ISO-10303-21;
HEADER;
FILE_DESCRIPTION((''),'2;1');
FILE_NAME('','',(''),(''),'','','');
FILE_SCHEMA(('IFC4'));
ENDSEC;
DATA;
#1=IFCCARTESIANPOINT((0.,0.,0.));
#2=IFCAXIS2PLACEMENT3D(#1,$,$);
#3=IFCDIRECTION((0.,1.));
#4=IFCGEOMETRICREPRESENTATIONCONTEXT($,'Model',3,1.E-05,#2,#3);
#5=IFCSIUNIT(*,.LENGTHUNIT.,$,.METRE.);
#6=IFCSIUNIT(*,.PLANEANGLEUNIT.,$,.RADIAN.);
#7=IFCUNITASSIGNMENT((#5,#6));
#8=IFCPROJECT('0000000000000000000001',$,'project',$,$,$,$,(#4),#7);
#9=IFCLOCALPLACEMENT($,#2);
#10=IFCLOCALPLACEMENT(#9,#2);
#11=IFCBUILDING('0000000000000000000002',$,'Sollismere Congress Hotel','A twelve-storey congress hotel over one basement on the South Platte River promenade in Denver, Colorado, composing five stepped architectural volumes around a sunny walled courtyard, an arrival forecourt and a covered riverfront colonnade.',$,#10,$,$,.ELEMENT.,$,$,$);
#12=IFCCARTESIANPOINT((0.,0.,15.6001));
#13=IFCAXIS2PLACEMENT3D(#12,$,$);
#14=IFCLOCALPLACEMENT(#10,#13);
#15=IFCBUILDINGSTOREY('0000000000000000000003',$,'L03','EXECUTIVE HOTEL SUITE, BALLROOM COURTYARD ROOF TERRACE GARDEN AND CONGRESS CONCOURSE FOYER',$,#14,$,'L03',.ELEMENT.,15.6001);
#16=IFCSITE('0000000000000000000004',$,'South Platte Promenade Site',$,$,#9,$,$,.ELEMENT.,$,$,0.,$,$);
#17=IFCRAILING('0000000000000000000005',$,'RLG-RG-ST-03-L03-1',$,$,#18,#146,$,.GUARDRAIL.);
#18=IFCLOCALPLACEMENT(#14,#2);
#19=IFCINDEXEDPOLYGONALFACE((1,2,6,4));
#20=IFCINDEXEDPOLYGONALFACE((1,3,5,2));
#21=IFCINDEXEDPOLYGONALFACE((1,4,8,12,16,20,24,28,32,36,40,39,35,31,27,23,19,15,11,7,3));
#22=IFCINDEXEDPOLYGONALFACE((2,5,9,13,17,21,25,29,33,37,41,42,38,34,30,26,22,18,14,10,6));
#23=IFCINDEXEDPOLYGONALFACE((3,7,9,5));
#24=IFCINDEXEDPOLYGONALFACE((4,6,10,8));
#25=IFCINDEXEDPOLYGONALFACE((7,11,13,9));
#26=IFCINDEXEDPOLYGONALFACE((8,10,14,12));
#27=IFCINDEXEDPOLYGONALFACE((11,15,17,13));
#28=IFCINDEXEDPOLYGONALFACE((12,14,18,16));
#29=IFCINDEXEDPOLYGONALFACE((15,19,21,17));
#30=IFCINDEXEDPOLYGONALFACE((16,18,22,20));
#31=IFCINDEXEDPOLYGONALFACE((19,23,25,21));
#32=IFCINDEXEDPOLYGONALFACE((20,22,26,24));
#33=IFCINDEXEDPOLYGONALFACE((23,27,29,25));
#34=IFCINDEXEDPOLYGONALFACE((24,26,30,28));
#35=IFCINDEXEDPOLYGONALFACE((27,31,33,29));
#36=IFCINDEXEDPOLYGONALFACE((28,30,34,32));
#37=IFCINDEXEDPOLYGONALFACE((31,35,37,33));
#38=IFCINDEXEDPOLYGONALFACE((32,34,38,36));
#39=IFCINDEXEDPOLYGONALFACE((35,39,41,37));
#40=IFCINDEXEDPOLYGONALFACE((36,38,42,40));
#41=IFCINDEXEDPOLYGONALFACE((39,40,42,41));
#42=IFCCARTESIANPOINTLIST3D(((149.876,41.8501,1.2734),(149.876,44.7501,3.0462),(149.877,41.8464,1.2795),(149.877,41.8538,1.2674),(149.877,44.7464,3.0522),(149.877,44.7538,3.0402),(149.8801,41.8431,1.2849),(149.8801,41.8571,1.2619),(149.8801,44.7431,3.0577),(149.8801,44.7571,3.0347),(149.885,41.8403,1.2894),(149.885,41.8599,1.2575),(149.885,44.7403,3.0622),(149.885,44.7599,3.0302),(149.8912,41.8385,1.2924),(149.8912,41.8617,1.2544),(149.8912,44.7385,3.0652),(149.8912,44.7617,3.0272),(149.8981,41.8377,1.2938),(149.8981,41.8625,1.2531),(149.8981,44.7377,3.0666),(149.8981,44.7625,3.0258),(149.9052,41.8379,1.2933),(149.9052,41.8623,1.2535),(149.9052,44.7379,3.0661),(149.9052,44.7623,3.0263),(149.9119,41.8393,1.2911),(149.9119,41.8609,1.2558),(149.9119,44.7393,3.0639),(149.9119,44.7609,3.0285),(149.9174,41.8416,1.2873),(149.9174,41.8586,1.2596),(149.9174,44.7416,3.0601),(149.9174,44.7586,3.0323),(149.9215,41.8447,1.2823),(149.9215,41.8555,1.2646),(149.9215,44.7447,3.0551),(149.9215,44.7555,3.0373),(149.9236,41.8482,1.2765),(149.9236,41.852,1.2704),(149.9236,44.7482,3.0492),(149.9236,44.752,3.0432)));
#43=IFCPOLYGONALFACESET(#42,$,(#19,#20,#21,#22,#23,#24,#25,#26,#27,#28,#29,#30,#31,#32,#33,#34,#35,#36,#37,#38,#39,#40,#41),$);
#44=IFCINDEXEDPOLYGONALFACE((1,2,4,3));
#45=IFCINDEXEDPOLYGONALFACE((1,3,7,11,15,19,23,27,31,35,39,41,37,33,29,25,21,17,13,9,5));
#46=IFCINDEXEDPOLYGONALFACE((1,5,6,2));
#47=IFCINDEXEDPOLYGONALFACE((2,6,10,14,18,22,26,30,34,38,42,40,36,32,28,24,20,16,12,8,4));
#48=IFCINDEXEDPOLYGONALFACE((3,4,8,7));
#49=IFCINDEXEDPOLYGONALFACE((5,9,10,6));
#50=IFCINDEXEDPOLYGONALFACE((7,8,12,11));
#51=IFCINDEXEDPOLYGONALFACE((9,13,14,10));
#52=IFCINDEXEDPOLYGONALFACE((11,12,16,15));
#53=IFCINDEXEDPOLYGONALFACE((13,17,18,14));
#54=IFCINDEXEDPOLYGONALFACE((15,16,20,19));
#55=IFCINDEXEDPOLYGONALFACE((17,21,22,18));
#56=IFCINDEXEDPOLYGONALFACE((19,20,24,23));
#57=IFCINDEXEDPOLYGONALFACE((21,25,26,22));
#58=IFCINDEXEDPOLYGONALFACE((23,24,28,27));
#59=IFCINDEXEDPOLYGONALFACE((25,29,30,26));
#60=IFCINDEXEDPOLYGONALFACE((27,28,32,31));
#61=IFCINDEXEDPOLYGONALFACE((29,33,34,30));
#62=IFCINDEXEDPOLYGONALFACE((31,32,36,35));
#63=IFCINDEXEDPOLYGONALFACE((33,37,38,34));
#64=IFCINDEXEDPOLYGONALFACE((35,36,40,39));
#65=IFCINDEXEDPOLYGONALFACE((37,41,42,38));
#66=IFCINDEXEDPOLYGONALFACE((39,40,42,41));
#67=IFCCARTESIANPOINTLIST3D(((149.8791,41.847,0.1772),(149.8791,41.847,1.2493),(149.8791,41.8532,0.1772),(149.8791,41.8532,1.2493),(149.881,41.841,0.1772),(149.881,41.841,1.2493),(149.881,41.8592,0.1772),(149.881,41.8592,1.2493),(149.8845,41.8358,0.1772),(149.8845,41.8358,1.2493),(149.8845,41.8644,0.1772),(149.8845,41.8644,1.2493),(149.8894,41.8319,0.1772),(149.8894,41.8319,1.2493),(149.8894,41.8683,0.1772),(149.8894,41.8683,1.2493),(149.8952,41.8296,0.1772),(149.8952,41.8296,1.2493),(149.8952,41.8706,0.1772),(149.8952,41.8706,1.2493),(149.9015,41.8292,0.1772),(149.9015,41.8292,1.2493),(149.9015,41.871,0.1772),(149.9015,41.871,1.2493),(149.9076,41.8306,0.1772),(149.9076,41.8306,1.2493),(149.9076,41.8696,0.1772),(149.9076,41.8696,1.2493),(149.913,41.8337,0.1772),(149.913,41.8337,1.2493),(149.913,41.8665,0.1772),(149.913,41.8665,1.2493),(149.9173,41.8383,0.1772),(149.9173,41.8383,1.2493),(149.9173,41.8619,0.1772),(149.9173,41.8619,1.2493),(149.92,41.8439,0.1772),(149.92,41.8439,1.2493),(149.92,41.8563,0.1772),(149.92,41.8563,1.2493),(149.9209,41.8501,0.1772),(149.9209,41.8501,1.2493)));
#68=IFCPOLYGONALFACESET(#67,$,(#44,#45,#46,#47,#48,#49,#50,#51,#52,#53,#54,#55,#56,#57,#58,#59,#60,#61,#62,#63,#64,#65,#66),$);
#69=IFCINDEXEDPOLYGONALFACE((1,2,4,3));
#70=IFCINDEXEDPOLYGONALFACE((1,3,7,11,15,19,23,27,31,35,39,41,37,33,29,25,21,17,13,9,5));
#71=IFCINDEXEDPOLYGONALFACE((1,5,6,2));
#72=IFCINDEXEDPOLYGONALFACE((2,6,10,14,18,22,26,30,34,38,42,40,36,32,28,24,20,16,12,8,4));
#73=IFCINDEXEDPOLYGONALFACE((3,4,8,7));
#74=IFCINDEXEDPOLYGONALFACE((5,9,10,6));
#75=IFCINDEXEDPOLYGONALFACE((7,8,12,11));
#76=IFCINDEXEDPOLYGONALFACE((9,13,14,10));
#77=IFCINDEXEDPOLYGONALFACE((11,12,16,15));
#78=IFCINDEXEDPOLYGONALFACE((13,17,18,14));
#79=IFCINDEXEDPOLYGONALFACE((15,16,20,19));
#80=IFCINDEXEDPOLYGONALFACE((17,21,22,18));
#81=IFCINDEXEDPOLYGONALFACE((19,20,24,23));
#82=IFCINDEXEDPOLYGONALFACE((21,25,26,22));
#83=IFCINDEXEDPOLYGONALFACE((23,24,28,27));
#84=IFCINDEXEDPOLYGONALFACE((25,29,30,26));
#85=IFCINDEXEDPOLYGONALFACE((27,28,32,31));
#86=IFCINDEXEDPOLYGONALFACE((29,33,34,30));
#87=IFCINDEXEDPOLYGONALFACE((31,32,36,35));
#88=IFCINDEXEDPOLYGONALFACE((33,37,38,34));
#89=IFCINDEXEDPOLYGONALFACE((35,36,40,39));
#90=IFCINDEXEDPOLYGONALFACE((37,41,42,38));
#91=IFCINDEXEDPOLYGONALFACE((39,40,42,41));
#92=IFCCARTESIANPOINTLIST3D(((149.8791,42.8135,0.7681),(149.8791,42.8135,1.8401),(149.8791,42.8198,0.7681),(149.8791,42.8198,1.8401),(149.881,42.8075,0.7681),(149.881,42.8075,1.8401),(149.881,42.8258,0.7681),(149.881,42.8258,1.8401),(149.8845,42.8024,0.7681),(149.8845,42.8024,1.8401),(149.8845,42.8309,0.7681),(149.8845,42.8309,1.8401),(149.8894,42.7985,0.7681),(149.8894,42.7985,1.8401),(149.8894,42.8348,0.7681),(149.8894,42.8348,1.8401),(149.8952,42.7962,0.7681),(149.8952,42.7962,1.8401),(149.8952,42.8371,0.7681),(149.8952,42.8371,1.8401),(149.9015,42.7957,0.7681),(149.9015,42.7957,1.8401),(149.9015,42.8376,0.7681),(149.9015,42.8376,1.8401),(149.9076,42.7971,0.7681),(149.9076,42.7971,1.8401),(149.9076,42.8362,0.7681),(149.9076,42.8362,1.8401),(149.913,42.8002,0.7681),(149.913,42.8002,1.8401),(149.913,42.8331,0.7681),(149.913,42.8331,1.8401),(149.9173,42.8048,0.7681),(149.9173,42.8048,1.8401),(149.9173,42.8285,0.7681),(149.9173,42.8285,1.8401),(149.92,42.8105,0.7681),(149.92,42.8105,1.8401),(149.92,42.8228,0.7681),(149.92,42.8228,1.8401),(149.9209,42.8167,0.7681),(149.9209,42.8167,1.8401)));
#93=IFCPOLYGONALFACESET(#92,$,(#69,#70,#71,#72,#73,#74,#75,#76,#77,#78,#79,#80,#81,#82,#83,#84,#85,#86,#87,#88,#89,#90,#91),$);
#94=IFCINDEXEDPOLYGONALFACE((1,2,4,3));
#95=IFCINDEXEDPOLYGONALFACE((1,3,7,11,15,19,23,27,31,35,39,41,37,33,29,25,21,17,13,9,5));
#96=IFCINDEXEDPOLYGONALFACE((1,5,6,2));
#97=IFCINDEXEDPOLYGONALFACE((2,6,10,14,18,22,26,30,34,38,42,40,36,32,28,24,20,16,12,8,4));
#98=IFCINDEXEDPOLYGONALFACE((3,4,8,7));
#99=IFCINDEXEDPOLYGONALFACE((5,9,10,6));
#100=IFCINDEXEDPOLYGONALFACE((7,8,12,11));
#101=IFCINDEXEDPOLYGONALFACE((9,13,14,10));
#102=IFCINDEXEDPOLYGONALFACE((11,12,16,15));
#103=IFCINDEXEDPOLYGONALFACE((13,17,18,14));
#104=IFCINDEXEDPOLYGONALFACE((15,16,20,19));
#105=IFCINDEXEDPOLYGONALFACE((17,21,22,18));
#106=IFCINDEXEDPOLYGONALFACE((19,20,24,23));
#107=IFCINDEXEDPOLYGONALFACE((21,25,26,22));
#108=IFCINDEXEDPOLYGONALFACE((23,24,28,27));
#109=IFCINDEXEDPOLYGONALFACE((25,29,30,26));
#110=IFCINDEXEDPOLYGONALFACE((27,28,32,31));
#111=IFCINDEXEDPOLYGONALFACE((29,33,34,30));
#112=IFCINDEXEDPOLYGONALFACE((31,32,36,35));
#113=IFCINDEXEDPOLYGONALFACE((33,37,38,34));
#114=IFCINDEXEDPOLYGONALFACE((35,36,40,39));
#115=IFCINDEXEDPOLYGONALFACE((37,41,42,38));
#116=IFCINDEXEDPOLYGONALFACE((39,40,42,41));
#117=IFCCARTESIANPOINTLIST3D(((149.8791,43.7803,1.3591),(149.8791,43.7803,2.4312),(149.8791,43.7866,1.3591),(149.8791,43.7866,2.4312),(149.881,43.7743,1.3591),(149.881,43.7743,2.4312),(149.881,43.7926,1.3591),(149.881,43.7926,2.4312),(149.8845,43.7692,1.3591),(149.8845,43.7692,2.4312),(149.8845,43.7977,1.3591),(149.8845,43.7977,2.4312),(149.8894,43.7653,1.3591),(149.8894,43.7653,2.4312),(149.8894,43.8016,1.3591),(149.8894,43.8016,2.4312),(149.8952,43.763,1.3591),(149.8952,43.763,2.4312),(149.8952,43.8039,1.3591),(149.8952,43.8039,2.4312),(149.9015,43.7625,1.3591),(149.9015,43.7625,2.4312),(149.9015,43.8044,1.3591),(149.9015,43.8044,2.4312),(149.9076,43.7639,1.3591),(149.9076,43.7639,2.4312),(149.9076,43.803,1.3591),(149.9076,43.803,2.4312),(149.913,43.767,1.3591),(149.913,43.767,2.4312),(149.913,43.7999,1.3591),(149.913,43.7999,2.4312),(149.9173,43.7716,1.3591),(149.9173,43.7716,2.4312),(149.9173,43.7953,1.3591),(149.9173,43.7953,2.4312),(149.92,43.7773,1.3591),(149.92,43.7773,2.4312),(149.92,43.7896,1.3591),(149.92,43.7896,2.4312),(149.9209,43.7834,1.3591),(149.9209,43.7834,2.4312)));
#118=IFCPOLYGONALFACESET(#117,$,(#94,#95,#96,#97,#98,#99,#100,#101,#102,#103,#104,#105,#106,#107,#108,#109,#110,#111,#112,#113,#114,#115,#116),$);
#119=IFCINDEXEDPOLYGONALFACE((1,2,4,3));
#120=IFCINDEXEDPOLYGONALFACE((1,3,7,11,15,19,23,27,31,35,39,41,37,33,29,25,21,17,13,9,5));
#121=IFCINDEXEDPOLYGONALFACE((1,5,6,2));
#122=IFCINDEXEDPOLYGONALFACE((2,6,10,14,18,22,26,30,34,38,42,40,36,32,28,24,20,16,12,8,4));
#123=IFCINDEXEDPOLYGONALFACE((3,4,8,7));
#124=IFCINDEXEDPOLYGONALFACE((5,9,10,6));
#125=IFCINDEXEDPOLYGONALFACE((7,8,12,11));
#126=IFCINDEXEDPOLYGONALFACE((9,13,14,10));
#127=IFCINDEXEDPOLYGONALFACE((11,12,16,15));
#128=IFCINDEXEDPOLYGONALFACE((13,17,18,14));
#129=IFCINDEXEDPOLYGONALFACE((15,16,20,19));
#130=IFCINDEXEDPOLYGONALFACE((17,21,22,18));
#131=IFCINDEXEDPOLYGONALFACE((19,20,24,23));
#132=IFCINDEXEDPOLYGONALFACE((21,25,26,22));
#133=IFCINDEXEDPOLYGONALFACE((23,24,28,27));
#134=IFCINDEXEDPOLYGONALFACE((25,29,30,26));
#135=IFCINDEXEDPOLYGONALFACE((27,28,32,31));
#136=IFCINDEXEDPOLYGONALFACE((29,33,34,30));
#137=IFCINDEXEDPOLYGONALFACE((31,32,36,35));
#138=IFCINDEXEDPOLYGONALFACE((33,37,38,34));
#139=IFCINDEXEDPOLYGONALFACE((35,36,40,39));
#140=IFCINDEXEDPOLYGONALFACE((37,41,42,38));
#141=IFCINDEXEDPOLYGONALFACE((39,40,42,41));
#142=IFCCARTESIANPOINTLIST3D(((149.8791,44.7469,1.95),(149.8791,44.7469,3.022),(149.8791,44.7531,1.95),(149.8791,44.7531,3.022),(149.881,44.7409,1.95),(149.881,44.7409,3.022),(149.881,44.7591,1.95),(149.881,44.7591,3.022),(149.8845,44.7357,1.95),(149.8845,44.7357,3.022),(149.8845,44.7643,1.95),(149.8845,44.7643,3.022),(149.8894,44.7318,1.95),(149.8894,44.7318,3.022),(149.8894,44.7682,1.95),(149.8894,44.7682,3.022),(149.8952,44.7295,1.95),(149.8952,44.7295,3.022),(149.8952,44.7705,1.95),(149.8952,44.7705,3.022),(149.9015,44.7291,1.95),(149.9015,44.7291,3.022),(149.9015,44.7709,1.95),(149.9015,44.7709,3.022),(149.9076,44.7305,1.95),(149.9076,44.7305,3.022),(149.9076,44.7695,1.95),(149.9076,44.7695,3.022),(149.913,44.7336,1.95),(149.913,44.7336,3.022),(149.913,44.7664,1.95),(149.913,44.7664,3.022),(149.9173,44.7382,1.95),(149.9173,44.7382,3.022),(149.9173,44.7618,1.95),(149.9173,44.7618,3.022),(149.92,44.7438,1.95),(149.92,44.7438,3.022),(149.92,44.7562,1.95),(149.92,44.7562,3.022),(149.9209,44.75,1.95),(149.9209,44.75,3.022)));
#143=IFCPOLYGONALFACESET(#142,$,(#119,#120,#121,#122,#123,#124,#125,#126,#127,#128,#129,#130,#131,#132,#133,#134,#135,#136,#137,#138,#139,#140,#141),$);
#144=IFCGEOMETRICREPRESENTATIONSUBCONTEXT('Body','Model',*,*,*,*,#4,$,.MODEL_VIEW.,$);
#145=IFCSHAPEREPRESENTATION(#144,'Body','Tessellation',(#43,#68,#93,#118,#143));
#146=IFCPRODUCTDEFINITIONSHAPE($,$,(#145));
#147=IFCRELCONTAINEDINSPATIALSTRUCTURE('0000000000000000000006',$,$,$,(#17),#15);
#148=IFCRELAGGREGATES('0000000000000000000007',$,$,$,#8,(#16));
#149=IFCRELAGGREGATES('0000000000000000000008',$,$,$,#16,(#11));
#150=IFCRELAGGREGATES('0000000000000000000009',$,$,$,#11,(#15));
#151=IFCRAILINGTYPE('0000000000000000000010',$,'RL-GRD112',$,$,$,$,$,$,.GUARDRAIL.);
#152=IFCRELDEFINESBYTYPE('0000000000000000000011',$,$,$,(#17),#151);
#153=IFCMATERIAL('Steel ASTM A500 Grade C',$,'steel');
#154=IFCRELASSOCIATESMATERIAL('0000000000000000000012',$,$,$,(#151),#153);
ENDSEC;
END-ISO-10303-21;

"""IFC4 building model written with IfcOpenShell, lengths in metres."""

from ifc_helpers import new_model, si_unit, direction, frame, origin, origin_2d, place, context, subcontext, project, spatial, circle, extrude, material, type_object, element, save


model = new_model("IFC4")

# Units and contexts
model_context = context("Model", 3, precision=1e-05, world=origin(), true_north=direction((0.0, 1.0)))
body_context = subcontext(model_context, "Body", "Model", "MODEL_VIEW")
ifc_project = project(units=[si_unit("LENGTHUNIT", "METRE"), si_unit("PLANEANGLEUNIT", "RADIAN")], contexts=[model_context])

# Site, building, storey
site_placement = place(None, origin())
site = spatial("IfcSite", under=ifc_project, at=site_placement, Name="South Platte Promenade Site", CompositionType="ELEMENT", RefElevation=0.0)
building_placement = place(site_placement, origin())
building = spatial("IfcBuilding", under=site, at=building_placement, Name="Sollismere Congress Hotel", Description="A twelve-storey congress hotel over one basement on the South Platte River promenade in Denver, Colorado, composing five stepped architectural volumes around a sunny walled courtyard, an arrival forecourt and a covered riverfront colonnade.", CompositionType="ELEMENT")
storey_placement = place(building_placement, frame((0.0, 0.0, 15.6001)))
storey = spatial("IfcBuildingStorey", under=building, at=storey_placement, Name="L03", Description="EXECUTIVE HOTEL SUITE, BALLROOM COURTYARD ROOF TERRACE GARDEN AND CONGRESS CONCOURSE FOYER", LongName="L03", CompositionType="ELEMENT", Elevation=15.6001)

# Railing
ifc_material_1 = material(Name="Steel ASTM A500 Grade C", Category="steel")
railing_type_1 = type_object("IfcRailingType", Name="RL-GRD112", PredefinedType="GUARDRAIL", material=ifc_material_1)
railing_1_placement = place(storey_placement, frame((149.8999, 41.8501, 0.1772)))
element("IfcRailing", 1, at=railing_1_placement, inside=storey, type_object=railing_type_1, Name="RLG-RG-ST-03-L03-1", PredefinedType="GUARDRAIL", context=body_context, shape_type="SweptSolid", body=[
    extrude(circle(Radius=0.0239, at=origin_2d()), frame((0.0, 0.0, 1.0962), z_axis=(0.0, 0.853211, 0.521566), x_axis=(-1.0, 0.0, 0.0)), (0.0, 0.0, 1.0), 3.3989),
    extrude(circle(Radius=0.021, at=origin_2d()), origin(), (0.0, 0.0, 1.0), 1.072),
    extrude(circle(Radius=0.021, at=origin_2d()), frame((0.0, 0.9666, 0.5908)), (0.0, 0.0, 1.0), 1.072),
    extrude(circle(Radius=0.021, at=origin_2d()), frame((0.0, 1.9333, 1.1819)), (0.0, 0.0, 1.0), 1.072),
    extrude(circle(Radius=0.021, at=origin_2d()), frame((0.0, 2.8999, 1.7727)), (0.0, 0.0, 1.0), 1.072),
])

save(model, "model.ifc")
